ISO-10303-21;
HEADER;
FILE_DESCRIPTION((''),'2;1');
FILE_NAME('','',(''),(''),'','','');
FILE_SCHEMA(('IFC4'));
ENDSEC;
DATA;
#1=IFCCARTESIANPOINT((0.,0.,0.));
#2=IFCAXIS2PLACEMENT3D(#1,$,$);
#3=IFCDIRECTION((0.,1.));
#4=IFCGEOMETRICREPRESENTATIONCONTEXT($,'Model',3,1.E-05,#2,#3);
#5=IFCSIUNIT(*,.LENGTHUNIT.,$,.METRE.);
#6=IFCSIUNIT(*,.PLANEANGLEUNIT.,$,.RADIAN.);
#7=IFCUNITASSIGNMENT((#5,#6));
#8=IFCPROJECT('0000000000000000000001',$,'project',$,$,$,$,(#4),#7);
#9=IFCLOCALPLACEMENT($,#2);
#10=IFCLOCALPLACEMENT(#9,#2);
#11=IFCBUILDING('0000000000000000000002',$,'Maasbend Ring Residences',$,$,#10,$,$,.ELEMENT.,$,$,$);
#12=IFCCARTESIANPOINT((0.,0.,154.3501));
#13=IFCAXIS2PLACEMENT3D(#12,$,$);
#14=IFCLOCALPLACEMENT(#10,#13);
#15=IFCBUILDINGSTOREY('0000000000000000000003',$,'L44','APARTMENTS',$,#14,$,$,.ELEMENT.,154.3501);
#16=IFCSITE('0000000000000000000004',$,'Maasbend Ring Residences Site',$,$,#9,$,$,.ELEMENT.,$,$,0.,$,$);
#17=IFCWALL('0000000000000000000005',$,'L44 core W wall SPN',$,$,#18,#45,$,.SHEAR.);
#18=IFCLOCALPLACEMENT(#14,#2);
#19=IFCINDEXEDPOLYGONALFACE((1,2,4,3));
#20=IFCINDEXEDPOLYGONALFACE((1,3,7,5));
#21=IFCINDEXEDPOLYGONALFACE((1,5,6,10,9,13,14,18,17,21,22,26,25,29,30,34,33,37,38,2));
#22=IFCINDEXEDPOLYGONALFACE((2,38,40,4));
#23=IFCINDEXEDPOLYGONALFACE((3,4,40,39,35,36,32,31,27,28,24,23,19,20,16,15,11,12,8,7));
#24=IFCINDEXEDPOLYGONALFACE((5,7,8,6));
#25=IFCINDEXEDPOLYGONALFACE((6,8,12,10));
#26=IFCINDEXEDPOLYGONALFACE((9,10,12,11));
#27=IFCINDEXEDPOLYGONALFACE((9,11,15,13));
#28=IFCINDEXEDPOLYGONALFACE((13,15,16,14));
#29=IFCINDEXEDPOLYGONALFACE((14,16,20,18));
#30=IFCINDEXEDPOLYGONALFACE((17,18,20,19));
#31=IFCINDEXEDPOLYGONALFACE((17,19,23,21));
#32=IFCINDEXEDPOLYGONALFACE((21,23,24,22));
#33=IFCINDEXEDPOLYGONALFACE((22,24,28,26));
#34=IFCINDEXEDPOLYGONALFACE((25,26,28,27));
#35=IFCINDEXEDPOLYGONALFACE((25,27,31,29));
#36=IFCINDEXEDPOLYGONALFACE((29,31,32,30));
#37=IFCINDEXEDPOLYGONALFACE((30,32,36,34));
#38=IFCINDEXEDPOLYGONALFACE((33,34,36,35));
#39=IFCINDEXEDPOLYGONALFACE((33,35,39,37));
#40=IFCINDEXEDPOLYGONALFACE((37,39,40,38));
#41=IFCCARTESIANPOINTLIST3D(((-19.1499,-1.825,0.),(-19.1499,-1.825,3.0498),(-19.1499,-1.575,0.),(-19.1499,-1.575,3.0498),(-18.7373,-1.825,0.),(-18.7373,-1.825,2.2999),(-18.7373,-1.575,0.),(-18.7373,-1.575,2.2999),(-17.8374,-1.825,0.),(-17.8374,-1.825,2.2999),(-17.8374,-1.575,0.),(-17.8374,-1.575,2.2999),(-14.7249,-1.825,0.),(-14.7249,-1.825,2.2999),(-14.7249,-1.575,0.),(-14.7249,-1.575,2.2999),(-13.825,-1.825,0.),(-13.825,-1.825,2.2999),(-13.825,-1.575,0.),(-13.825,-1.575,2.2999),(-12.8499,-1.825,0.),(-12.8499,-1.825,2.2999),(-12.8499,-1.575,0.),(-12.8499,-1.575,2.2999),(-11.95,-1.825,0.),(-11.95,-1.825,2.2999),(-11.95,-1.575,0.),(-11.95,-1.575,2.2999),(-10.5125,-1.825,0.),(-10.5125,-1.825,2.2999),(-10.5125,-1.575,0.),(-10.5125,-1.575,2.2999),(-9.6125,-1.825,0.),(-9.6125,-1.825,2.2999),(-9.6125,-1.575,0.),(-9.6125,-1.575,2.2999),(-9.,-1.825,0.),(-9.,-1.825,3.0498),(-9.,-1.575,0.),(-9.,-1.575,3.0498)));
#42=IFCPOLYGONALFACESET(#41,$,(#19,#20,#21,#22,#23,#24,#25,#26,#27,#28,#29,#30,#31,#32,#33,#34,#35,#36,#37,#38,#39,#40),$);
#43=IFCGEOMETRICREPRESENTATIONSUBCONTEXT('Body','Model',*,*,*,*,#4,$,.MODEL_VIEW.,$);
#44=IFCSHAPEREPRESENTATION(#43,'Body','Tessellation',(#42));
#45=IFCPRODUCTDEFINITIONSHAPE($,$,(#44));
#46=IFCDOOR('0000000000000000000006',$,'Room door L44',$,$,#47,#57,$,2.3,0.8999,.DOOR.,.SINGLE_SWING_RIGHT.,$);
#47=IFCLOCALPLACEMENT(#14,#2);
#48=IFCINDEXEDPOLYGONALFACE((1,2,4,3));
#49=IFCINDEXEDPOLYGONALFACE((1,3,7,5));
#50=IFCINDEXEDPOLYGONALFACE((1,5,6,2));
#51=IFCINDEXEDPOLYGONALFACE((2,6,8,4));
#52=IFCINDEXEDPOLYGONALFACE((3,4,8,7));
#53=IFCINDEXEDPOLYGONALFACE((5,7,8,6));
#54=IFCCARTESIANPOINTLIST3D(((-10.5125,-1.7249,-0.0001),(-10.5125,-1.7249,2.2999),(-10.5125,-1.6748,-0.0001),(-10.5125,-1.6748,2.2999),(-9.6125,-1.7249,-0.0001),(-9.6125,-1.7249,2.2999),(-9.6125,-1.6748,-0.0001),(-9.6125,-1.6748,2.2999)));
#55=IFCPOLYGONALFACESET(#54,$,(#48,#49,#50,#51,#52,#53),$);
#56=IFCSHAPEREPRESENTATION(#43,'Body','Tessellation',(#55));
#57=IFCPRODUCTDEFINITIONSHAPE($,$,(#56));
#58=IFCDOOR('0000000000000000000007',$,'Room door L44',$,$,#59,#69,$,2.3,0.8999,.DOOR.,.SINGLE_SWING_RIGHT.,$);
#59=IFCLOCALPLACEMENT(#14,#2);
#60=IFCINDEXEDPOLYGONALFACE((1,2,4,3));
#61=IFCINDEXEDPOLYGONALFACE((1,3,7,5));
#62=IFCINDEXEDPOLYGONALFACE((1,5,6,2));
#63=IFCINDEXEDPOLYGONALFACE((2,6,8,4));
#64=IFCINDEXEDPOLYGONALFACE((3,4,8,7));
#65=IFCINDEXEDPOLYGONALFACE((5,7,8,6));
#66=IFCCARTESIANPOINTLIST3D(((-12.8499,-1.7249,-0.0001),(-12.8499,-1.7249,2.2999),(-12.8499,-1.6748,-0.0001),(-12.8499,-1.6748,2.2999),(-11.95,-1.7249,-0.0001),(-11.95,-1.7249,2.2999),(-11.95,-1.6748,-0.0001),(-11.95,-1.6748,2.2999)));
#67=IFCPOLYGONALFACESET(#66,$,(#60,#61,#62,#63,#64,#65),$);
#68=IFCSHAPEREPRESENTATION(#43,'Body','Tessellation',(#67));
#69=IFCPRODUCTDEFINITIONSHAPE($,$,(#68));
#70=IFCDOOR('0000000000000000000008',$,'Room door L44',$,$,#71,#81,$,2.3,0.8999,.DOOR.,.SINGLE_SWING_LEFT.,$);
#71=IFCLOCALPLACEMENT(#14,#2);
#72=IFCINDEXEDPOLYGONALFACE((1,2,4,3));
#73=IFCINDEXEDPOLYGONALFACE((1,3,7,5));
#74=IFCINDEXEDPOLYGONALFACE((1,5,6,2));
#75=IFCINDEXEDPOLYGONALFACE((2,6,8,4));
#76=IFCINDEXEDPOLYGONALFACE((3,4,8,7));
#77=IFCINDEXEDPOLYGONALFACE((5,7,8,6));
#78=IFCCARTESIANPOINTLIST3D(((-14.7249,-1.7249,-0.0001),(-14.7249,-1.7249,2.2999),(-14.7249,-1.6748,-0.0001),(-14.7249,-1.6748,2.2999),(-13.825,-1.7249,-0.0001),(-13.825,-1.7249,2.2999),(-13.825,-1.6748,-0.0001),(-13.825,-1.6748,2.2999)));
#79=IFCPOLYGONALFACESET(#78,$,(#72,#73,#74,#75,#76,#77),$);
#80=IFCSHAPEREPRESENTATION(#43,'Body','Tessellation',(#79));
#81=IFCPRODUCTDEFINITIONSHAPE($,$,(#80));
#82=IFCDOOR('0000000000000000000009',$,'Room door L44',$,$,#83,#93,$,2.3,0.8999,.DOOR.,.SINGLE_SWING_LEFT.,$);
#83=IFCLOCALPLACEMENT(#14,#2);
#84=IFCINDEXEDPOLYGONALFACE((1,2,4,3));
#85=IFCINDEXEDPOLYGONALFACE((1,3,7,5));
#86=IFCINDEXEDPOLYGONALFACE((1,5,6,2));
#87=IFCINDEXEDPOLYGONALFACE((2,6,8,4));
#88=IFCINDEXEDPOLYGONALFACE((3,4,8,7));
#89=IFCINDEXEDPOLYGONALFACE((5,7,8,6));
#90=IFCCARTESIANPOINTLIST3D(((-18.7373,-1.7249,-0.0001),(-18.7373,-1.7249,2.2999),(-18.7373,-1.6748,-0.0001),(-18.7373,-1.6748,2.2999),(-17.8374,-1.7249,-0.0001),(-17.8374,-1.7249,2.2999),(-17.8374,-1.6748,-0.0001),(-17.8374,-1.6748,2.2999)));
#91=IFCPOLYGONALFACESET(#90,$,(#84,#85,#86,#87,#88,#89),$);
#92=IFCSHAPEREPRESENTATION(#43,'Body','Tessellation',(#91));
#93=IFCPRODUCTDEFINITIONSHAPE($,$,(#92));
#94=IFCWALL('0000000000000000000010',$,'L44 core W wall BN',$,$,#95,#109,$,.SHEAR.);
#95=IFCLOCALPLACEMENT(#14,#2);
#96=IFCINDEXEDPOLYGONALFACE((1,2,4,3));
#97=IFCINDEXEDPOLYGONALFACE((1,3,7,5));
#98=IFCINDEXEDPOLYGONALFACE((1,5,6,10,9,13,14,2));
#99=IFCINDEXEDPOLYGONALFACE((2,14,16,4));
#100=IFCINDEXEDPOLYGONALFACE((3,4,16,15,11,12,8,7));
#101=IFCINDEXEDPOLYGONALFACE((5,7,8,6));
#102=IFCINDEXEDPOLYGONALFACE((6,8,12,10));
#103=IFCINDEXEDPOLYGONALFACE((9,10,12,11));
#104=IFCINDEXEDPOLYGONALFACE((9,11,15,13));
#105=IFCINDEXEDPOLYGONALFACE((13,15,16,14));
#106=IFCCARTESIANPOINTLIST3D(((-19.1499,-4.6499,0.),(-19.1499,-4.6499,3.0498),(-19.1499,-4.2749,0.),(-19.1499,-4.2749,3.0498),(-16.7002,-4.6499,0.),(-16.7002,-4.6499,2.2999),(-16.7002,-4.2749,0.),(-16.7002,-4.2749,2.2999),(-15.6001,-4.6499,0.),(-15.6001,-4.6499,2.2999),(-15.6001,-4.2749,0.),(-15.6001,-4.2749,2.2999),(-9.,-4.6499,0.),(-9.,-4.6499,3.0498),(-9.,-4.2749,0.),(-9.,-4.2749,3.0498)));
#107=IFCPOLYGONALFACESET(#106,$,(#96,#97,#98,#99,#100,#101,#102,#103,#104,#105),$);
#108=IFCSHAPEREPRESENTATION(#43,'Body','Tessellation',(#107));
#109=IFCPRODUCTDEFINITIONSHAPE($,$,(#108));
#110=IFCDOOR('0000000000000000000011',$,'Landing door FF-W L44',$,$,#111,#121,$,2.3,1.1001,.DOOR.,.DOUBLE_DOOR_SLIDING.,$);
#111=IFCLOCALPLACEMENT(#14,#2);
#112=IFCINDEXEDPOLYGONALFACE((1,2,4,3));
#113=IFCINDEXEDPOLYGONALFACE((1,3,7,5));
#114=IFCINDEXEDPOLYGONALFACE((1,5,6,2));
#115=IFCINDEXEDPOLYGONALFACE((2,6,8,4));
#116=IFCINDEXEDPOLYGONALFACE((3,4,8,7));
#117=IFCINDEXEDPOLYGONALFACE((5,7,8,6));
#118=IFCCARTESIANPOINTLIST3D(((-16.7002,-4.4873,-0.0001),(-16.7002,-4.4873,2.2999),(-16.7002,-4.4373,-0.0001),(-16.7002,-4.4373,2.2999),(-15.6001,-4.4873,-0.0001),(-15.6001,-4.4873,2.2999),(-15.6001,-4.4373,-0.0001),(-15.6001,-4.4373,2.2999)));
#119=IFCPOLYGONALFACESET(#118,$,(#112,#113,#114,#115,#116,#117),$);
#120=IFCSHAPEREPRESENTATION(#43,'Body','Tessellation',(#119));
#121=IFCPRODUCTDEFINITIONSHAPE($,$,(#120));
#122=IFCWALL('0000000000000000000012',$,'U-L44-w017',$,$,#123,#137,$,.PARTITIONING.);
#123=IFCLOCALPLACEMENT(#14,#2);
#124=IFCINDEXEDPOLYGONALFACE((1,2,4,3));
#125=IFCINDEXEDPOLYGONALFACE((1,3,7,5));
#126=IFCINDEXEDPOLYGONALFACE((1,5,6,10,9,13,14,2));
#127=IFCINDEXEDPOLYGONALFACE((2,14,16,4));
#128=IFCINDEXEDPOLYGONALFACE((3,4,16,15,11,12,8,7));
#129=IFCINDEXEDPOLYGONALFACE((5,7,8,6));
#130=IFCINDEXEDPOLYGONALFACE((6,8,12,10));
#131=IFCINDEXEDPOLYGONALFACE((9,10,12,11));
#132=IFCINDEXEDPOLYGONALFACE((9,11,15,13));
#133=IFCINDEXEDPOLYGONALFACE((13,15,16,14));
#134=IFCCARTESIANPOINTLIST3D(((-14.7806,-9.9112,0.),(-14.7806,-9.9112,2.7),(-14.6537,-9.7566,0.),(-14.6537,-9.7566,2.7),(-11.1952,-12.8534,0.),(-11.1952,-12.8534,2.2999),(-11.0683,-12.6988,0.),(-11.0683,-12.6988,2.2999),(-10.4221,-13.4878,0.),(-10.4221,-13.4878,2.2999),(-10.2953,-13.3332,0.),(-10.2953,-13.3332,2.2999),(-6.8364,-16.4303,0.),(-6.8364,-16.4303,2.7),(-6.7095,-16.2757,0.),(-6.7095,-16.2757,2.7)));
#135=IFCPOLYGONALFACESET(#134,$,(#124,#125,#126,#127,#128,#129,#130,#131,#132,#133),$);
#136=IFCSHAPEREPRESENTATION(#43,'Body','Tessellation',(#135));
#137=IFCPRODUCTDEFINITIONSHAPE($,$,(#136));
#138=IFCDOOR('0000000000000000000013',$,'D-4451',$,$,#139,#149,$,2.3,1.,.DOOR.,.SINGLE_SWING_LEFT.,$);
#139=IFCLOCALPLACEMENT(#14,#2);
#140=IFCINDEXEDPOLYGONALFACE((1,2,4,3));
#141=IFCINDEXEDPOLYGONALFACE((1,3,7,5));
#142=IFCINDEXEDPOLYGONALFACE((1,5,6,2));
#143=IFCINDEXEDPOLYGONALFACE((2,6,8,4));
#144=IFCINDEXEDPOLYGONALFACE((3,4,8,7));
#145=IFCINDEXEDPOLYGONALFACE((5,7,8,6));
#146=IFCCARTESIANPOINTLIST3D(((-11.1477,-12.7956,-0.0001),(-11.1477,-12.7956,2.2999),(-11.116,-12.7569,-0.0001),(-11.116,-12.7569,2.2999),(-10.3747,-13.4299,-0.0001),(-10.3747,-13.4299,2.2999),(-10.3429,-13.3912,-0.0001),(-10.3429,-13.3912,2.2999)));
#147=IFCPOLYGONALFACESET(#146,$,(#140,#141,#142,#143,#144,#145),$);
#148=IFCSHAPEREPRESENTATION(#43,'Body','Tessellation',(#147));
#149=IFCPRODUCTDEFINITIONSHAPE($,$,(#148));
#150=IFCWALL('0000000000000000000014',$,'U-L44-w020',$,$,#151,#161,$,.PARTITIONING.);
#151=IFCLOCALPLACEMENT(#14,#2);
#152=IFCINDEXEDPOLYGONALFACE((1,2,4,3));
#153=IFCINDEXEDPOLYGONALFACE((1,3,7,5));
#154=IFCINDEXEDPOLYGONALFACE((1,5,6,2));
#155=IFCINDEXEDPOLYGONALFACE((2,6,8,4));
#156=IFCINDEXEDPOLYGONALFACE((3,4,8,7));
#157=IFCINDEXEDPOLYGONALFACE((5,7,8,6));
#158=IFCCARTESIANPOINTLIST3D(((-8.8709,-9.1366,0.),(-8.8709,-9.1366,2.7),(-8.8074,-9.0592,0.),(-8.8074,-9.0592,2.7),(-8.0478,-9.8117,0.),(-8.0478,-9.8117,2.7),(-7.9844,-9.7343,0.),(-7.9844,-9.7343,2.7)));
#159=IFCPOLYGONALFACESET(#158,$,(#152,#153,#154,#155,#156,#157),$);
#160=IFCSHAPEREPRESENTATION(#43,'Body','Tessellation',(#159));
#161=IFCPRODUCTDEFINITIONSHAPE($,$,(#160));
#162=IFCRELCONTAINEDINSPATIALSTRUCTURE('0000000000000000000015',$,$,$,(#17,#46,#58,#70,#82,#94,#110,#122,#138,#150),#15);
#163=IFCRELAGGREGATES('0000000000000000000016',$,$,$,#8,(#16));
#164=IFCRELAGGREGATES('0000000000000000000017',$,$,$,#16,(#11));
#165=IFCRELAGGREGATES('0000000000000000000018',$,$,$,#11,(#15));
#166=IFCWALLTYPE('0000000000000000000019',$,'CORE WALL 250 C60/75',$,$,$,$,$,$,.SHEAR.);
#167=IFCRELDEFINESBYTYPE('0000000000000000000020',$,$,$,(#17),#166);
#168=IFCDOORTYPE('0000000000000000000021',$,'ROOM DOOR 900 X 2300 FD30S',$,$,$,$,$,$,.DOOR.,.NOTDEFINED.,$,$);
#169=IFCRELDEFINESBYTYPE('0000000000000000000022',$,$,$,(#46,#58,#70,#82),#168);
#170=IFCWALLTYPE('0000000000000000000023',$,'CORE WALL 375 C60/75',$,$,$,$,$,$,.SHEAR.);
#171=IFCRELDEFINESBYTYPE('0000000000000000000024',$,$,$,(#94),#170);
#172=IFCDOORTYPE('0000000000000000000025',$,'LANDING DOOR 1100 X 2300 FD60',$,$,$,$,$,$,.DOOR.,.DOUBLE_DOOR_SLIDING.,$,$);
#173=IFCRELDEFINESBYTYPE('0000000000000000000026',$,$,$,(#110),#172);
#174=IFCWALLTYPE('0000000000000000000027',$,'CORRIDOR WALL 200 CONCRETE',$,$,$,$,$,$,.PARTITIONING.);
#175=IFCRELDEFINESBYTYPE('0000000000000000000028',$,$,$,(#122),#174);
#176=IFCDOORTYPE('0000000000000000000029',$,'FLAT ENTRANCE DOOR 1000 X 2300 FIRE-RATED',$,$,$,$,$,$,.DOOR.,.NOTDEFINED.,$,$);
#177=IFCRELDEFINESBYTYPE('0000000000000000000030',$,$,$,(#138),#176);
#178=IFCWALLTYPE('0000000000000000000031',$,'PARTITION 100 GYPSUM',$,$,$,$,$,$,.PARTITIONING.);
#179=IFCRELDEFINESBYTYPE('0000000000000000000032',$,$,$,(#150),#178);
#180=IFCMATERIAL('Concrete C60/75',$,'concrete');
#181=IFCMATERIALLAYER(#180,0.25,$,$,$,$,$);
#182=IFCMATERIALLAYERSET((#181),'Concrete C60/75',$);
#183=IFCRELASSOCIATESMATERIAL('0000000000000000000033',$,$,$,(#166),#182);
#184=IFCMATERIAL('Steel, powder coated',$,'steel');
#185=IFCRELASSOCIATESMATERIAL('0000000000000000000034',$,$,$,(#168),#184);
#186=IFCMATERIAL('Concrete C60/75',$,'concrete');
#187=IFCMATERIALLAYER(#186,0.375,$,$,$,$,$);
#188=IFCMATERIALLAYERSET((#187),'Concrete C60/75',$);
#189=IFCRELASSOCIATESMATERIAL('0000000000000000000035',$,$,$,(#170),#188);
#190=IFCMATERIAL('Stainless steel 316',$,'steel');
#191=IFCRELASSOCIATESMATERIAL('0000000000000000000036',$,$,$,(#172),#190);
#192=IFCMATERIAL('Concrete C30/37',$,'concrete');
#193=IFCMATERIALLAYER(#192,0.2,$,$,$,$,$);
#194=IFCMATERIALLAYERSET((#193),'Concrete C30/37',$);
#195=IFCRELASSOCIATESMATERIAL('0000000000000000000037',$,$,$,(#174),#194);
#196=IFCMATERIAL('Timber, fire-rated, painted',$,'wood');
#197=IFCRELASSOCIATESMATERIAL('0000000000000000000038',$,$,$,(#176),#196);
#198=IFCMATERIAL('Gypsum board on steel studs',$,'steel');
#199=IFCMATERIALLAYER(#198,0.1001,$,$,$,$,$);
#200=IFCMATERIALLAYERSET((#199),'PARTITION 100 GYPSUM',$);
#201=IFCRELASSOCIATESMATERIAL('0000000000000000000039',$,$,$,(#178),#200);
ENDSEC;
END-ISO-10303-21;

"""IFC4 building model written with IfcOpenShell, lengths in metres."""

from ifc_helpers import new_model, si_unit, direction, frame, frame_2d, origin, place, context, subcontext, project, spatial, rectangle, extrude, material, layer, layer_set, type_object, element, fill, save


model = new_model("IFC4")

# Units and contexts
model_context = context("Model", 3, precision=1e-05, world=origin(), true_north=direction((0.0, 1.0)))
body_context = subcontext(model_context, "Body", "Model", "MODEL_VIEW")
ifc_project = project(units=[si_unit("LENGTHUNIT", "METRE"), si_unit("PLANEANGLEUNIT", "RADIAN")], contexts=[model_context])

# Site, building, storey
site_placement = place(None, origin())
site = spatial("IfcSite", under=ifc_project, at=site_placement, Name="Maasbend Ring Residences Site", CompositionType="ELEMENT", RefElevation=0.0)
building_placement = place(site_placement, origin())
building = spatial("IfcBuilding", under=site, at=building_placement, Name="Maasbend Ring Residences", CompositionType="ELEMENT")
storey_placement = place(building_placement, frame((0.0, 0.0, 154.3501)))
storey = spatial("IfcBuildingStorey", under=building, at=storey_placement, Name="L44", Description="APARTMENTS", CompositionType="ELEMENT", Elevation=154.3501)

# Wall, openings, doors
ifc_material_1 = material(Name="Concrete C60/75", Category="concrete")
ifc_layer_1 = layer(ifc_material_1, 0.25)
ifc_layer_set_1 = layer_set([ifc_layer_1], Name="Concrete C60/75")
wall_type_1 = type_object("IfcWallType", Name="CORE WALL 250 C60/75", PredefinedType="SHEAR", material=ifc_layer_set_1)
wall_1_placement = place(storey_placement, frame((-9.0, -1.7, 0.0), z_axis=(0.0, 0.0, 1.0), x_axis=(-1.0, 0.0, 0.0)))
wall_1 = element("IfcWall", 1, at=wall_1_placement, inside=storey, type_object=wall_type_1, Name="L44 core W wall SPN", PredefinedType="SHEAR", context=body_context, shape_type="SweptSolid", body=[
    extrude(rectangle(XDim=10.1499, YDim=0.25, at=frame_2d((5.075, 0.0))), origin(), (0.0, 0.0, 1.0), 3.0498),
])
opening_1_placement = place(wall_1_placement, frame((0.6125, 0.0, 0.0)))
opening_1 = element("IfcOpeningElement", 2, at=opening_1_placement, cuts=wall_1, PredefinedType="OPENING", context=body_context, shape_type="SweptSolid", body=[
    extrude(rectangle(XDim=0.8999, YDim=2.3, at=frame_2d((0.45, 1.1499))), frame((0.0, 0.135, 0.0), z_axis=(0.0, -1.0, 0.0), x_axis=(1.0, 0.0, 0.0)), (0.0, 0.0, 1.0), 0.27),
])
opening_2_placement = place(wall_1_placement, frame((2.95, 0.0, 0.0)))
opening_2 = element("IfcOpeningElement", 3, at=opening_2_placement, cuts=wall_1, PredefinedType="OPENING", context=body_context, shape_type="SweptSolid", body=[
    extrude(rectangle(XDim=0.8999, YDim=2.3, at=frame_2d((0.45, 1.1499))), frame((0.0, 0.135, 0.0), z_axis=(0.0, -1.0, 0.0), x_axis=(1.0, 0.0, 0.0)), (0.0, 0.0, 1.0), 0.27),
])
opening_3_placement = place(wall_1_placement, frame((4.825, 0.0, 0.0)))
opening_3 = element("IfcOpeningElement", 4, at=opening_3_placement, cuts=wall_1, PredefinedType="OPENING", context=body_context, shape_type="SweptSolid", body=[
    extrude(rectangle(XDim=0.8999, YDim=2.3, at=frame_2d((0.45, 1.1499))), frame((0.0, 0.135, 0.0), z_axis=(0.0, -1.0, 0.0), x_axis=(1.0, 0.0, 0.0)), (0.0, 0.0, 1.0), 0.27),
])
opening_4_placement = place(wall_1_placement, frame((8.8374, 0.0, 0.0)))
opening_4 = element("IfcOpeningElement", 5, at=opening_4_placement, cuts=wall_1, PredefinedType="OPENING", context=body_context, shape_type="SweptSolid", body=[
    extrude(rectangle(XDim=0.8999, YDim=2.3, at=frame_2d((0.45, 1.1499))), frame((0.0, 0.135, 0.0), z_axis=(0.0, -1.0, 0.0), x_axis=(1.0, 0.0, 0.0)), (0.0, 0.0, 1.0), 0.27),
])
ifc_material_2 = material(Name="Steel, powder coated", Category="steel")
door_type_1 = type_object("IfcDoorType", Name="ROOM DOOR 900 X 2300 FD30S", OperationType="NOTDEFINED", PredefinedType="DOOR", material=ifc_material_2)
door_1_placement = place(opening_1_placement, origin())
door_1 = element("IfcDoor", 6, at=door_1_placement, inside=storey, type_object=door_type_1, Name="Room door L44", OperationType="SINGLE_SWING_RIGHT", OverallHeight=2.3, OverallWidth=0.8999, PredefinedType="DOOR", context=body_context, shape_type="SweptSolid", body=[
    extrude(rectangle(XDim=0.8999, YDim=2.3, at=frame_2d((0.45, 1.1499))), frame((0.0, 0.0249, 0.0), z_axis=(0.0, -1.0, 0.0), x_axis=(1.0, 0.0, 0.0)), (0.0, 0.0, 1.0), 0.05),
])
fill(opening_1, door_1)
door_2_placement = place(opening_2_placement, origin())
door_2 = element("IfcDoor", 7, at=door_2_placement, inside=storey, type_object=door_type_1, Name="Room door L44", OperationType="SINGLE_SWING_RIGHT", OverallHeight=2.3, OverallWidth=0.8999, PredefinedType="DOOR", context=body_context, shape_type="SweptSolid", body=[
    extrude(rectangle(XDim=0.8999, YDim=2.3, at=frame_2d((0.45, 1.1499))), frame((0.0, 0.0249, 0.0), z_axis=(0.0, -1.0, 0.0), x_axis=(1.0, 0.0, 0.0)), (0.0, 0.0, 1.0), 0.05),
])
fill(opening_2, door_2)
door_3_placement = place(opening_3_placement, origin())
door_3 = element("IfcDoor", 8, at=door_3_placement, inside=storey, type_object=door_type_1, Name="Room door L44", OperationType="SINGLE_SWING_LEFT", OverallHeight=2.3, OverallWidth=0.8999, PredefinedType="DOOR", context=body_context, shape_type="SweptSolid", body=[
    extrude(rectangle(XDim=0.8999, YDim=2.3, at=frame_2d((0.45, 1.1499))), frame((0.0, 0.0249, 0.0), z_axis=(0.0, -1.0, 0.0), x_axis=(1.0, 0.0, 0.0)), (0.0, 0.0, 1.0), 0.05),
])
fill(opening_3, door_3)
door_4_placement = place(opening_4_placement, origin())
door_4 = element("IfcDoor", 9, at=door_4_placement, inside=storey, type_object=door_type_1, Name="Room door L44", OperationType="SINGLE_SWING_LEFT", OverallHeight=2.3, OverallWidth=0.8999, PredefinedType="DOOR", context=body_context, shape_type="SweptSolid", body=[
    extrude(rectangle(XDim=0.8999, YDim=2.3, at=frame_2d((0.45, 1.1499))), frame((0.0, 0.0249, 0.0), z_axis=(0.0, -1.0, 0.0), x_axis=(1.0, 0.0, 0.0)), (0.0, 0.0, 1.0), 0.05),
])
fill(opening_4, door_4)

# Walls, openings, doors
ifc_material_3 = material(Name="Concrete C60/75", Category="concrete")
ifc_layer_2 = layer(ifc_material_3, 0.375)
ifc_layer_set_2 = layer_set([ifc_layer_2], Name="Concrete C60/75")
wall_type_2 = type_object("IfcWallType", Name="CORE WALL 375 C60/75", PredefinedType="SHEAR", material=ifc_layer_set_2)
wall_2_placement = place(storey_placement, frame((-9.0, -4.4624, 0.0), z_axis=(0.0, 0.0, 1.0), x_axis=(-1.0, 0.0, 0.0)))
wall_2 = element("IfcWall", 10, at=wall_2_placement, inside=storey, type_object=wall_type_2, Name="L44 core W wall BN", PredefinedType="SHEAR", context=body_context, shape_type="SweptSolid", body=[
    extrude(rectangle(XDim=10.1499, YDim=0.375, at=frame_2d((5.075, 0.0))), origin(), (0.0, 0.0, 1.0), 3.0498),
])
opening_5_placement = place(wall_2_placement, frame((6.6001, 0.0, 0.0)))
opening_5 = element("IfcOpeningElement", 11, at=opening_5_placement, cuts=wall_2, PredefinedType="OPENING", context=body_context, shape_type="SweptSolid", body=[
    extrude(rectangle(XDim=1.1001, YDim=2.3, at=frame_2d((0.55, 1.1499))), frame((0.0, 0.1975, 0.0), z_axis=(0.0, -1.0, 0.0), x_axis=(1.0, 0.0, 0.0)), (0.0, 0.0, 1.0), 0.395),
])
ifc_material_4 = material(Name="Stainless steel 316", Category="steel")
door_type_2 = type_object("IfcDoorType", Name="LANDING DOOR 1100 X 2300 FD60", OperationType="DOUBLE_DOOR_SLIDING", PredefinedType="DOOR", material=ifc_material_4)
door_5_placement = place(opening_5_placement, origin())
door_5 = element("IfcDoor", 12, at=door_5_placement, inside=storey, type_object=door_type_2, Name="Landing door FF-W L44", OperationType="DOUBLE_DOOR_SLIDING", OverallHeight=2.3, OverallWidth=1.1001, PredefinedType="DOOR", context=body_context, shape_type="SweptSolid", body=[
    extrude(rectangle(XDim=1.1001, YDim=2.3, at=frame_2d((0.55, 1.1499))), frame((0.0, 0.0249, 0.0), z_axis=(0.0, -1.0, 0.0), x_axis=(1.0, 0.0, 0.0)), (0.0, 0.0, 1.0), 0.05),
])
fill(opening_5, door_5)
ifc_material_5 = material(Name="Concrete C30/37", Category="concrete")
ifc_layer_3 = layer(ifc_material_5, 0.2)
ifc_layer_set_3 = layer_set([ifc_layer_3], Name="Concrete C30/37")
wall_type_3 = type_object("IfcWallType", Name="CORRIDOR WALL 200 CONCRETE", PredefinedType="PARTITIONING", material=ifc_layer_set_3)
wall_3_placement = place(storey_placement, frame((-14.717, -9.834, 0.0), z_axis=(0.0, 0.0, 1.0), x_axis=(0.773035, -0.634364, 0.0)))
wall_3 = element("IfcWall", 13, at=wall_3_placement, inside=storey, type_object=wall_type_3, Name="U-L44-w017", PredefinedType="PARTITIONING", context=body_context, shape_type="SweptSolid", body=[
    extrude(rectangle(XDim=10.2766, YDim=0.2, at=frame_2d((5.1382, 0.0))), origin(), (0.0, 0.0, 1.0), 2.7),
])
opening_6_placement = place(wall_3_placement, frame((4.6379, 0.0, 0.0)))
opening_6 = element("IfcOpeningElement", 14, at=opening_6_placement, cuts=wall_3, PredefinedType="OPENING", context=body_context, shape_type="SweptSolid", body=[
    extrude(rectangle(XDim=1.0, YDim=2.3, at=frame_2d((0.5, 1.1499))), frame((0.0, 0.1099, 0.0), z_axis=(0.0, -1.0, 0.0), x_axis=(1.0, 0.0, 0.0)), (0.0, 0.0, 1.0), 0.22),
])
ifc_material_6 = material(Name="Timber, fire-rated, painted", Category="wood")
door_type_3 = type_object("IfcDoorType", Name="FLAT ENTRANCE DOOR 1000 X 2300 FIRE-RATED", OperationType="NOTDEFINED", PredefinedType="DOOR", material=ifc_material_6)
door_6_placement = place(opening_6_placement, origin())
door_6 = element("IfcDoor", 15, at=door_6_placement, inside=storey, type_object=door_type_3, Name="D-4451", OperationType="SINGLE_SWING_LEFT", OverallHeight=2.3, OverallWidth=1.0, PredefinedType="DOOR", context=body_context, shape_type="SweptSolid", body=[
    extrude(rectangle(XDim=1.0, YDim=2.3, at=frame_2d((0.5, 1.1499))), frame((0.0, 0.0249, 0.0), z_axis=(0.0, -1.0, 0.0), x_axis=(1.0, 0.0, 0.0)), (0.0, 0.0, 1.0), 0.05),
])
fill(opening_6, door_6)

# Wall
ifc_material_7 = material(Name="Gypsum board on steel studs", Category="steel")
ifc_layer_4 = layer(ifc_material_7, 0.1001)
ifc_layer_set_4 = layer_set([ifc_layer_4], Name="PARTITION 100 GYPSUM")
wall_type_4 = type_object("IfcWallType", Name="PARTITION 100 GYPSUM", PredefinedType="PARTITIONING", material=ifc_layer_set_4)
wall_4_placement = place(storey_placement, frame((-8.8391, -9.0979, 0.0), z_axis=(0.0, 0.0, 1.0), x_axis=(0.77318, -0.634187, 0.0)))
element("IfcWall", 16, at=wall_4_placement, inside=storey, type_object=wall_type_4, Name="U-L44-w020", PredefinedType="PARTITIONING", context=body_context, shape_type="SweptSolid", body=[
    extrude(rectangle(XDim=1.0645, YDim=0.1001, at=frame_2d((0.5322, 0.0))), origin(), (0.0, 0.0, 1.0), 2.7),
])

save(model, "model.ifc")
